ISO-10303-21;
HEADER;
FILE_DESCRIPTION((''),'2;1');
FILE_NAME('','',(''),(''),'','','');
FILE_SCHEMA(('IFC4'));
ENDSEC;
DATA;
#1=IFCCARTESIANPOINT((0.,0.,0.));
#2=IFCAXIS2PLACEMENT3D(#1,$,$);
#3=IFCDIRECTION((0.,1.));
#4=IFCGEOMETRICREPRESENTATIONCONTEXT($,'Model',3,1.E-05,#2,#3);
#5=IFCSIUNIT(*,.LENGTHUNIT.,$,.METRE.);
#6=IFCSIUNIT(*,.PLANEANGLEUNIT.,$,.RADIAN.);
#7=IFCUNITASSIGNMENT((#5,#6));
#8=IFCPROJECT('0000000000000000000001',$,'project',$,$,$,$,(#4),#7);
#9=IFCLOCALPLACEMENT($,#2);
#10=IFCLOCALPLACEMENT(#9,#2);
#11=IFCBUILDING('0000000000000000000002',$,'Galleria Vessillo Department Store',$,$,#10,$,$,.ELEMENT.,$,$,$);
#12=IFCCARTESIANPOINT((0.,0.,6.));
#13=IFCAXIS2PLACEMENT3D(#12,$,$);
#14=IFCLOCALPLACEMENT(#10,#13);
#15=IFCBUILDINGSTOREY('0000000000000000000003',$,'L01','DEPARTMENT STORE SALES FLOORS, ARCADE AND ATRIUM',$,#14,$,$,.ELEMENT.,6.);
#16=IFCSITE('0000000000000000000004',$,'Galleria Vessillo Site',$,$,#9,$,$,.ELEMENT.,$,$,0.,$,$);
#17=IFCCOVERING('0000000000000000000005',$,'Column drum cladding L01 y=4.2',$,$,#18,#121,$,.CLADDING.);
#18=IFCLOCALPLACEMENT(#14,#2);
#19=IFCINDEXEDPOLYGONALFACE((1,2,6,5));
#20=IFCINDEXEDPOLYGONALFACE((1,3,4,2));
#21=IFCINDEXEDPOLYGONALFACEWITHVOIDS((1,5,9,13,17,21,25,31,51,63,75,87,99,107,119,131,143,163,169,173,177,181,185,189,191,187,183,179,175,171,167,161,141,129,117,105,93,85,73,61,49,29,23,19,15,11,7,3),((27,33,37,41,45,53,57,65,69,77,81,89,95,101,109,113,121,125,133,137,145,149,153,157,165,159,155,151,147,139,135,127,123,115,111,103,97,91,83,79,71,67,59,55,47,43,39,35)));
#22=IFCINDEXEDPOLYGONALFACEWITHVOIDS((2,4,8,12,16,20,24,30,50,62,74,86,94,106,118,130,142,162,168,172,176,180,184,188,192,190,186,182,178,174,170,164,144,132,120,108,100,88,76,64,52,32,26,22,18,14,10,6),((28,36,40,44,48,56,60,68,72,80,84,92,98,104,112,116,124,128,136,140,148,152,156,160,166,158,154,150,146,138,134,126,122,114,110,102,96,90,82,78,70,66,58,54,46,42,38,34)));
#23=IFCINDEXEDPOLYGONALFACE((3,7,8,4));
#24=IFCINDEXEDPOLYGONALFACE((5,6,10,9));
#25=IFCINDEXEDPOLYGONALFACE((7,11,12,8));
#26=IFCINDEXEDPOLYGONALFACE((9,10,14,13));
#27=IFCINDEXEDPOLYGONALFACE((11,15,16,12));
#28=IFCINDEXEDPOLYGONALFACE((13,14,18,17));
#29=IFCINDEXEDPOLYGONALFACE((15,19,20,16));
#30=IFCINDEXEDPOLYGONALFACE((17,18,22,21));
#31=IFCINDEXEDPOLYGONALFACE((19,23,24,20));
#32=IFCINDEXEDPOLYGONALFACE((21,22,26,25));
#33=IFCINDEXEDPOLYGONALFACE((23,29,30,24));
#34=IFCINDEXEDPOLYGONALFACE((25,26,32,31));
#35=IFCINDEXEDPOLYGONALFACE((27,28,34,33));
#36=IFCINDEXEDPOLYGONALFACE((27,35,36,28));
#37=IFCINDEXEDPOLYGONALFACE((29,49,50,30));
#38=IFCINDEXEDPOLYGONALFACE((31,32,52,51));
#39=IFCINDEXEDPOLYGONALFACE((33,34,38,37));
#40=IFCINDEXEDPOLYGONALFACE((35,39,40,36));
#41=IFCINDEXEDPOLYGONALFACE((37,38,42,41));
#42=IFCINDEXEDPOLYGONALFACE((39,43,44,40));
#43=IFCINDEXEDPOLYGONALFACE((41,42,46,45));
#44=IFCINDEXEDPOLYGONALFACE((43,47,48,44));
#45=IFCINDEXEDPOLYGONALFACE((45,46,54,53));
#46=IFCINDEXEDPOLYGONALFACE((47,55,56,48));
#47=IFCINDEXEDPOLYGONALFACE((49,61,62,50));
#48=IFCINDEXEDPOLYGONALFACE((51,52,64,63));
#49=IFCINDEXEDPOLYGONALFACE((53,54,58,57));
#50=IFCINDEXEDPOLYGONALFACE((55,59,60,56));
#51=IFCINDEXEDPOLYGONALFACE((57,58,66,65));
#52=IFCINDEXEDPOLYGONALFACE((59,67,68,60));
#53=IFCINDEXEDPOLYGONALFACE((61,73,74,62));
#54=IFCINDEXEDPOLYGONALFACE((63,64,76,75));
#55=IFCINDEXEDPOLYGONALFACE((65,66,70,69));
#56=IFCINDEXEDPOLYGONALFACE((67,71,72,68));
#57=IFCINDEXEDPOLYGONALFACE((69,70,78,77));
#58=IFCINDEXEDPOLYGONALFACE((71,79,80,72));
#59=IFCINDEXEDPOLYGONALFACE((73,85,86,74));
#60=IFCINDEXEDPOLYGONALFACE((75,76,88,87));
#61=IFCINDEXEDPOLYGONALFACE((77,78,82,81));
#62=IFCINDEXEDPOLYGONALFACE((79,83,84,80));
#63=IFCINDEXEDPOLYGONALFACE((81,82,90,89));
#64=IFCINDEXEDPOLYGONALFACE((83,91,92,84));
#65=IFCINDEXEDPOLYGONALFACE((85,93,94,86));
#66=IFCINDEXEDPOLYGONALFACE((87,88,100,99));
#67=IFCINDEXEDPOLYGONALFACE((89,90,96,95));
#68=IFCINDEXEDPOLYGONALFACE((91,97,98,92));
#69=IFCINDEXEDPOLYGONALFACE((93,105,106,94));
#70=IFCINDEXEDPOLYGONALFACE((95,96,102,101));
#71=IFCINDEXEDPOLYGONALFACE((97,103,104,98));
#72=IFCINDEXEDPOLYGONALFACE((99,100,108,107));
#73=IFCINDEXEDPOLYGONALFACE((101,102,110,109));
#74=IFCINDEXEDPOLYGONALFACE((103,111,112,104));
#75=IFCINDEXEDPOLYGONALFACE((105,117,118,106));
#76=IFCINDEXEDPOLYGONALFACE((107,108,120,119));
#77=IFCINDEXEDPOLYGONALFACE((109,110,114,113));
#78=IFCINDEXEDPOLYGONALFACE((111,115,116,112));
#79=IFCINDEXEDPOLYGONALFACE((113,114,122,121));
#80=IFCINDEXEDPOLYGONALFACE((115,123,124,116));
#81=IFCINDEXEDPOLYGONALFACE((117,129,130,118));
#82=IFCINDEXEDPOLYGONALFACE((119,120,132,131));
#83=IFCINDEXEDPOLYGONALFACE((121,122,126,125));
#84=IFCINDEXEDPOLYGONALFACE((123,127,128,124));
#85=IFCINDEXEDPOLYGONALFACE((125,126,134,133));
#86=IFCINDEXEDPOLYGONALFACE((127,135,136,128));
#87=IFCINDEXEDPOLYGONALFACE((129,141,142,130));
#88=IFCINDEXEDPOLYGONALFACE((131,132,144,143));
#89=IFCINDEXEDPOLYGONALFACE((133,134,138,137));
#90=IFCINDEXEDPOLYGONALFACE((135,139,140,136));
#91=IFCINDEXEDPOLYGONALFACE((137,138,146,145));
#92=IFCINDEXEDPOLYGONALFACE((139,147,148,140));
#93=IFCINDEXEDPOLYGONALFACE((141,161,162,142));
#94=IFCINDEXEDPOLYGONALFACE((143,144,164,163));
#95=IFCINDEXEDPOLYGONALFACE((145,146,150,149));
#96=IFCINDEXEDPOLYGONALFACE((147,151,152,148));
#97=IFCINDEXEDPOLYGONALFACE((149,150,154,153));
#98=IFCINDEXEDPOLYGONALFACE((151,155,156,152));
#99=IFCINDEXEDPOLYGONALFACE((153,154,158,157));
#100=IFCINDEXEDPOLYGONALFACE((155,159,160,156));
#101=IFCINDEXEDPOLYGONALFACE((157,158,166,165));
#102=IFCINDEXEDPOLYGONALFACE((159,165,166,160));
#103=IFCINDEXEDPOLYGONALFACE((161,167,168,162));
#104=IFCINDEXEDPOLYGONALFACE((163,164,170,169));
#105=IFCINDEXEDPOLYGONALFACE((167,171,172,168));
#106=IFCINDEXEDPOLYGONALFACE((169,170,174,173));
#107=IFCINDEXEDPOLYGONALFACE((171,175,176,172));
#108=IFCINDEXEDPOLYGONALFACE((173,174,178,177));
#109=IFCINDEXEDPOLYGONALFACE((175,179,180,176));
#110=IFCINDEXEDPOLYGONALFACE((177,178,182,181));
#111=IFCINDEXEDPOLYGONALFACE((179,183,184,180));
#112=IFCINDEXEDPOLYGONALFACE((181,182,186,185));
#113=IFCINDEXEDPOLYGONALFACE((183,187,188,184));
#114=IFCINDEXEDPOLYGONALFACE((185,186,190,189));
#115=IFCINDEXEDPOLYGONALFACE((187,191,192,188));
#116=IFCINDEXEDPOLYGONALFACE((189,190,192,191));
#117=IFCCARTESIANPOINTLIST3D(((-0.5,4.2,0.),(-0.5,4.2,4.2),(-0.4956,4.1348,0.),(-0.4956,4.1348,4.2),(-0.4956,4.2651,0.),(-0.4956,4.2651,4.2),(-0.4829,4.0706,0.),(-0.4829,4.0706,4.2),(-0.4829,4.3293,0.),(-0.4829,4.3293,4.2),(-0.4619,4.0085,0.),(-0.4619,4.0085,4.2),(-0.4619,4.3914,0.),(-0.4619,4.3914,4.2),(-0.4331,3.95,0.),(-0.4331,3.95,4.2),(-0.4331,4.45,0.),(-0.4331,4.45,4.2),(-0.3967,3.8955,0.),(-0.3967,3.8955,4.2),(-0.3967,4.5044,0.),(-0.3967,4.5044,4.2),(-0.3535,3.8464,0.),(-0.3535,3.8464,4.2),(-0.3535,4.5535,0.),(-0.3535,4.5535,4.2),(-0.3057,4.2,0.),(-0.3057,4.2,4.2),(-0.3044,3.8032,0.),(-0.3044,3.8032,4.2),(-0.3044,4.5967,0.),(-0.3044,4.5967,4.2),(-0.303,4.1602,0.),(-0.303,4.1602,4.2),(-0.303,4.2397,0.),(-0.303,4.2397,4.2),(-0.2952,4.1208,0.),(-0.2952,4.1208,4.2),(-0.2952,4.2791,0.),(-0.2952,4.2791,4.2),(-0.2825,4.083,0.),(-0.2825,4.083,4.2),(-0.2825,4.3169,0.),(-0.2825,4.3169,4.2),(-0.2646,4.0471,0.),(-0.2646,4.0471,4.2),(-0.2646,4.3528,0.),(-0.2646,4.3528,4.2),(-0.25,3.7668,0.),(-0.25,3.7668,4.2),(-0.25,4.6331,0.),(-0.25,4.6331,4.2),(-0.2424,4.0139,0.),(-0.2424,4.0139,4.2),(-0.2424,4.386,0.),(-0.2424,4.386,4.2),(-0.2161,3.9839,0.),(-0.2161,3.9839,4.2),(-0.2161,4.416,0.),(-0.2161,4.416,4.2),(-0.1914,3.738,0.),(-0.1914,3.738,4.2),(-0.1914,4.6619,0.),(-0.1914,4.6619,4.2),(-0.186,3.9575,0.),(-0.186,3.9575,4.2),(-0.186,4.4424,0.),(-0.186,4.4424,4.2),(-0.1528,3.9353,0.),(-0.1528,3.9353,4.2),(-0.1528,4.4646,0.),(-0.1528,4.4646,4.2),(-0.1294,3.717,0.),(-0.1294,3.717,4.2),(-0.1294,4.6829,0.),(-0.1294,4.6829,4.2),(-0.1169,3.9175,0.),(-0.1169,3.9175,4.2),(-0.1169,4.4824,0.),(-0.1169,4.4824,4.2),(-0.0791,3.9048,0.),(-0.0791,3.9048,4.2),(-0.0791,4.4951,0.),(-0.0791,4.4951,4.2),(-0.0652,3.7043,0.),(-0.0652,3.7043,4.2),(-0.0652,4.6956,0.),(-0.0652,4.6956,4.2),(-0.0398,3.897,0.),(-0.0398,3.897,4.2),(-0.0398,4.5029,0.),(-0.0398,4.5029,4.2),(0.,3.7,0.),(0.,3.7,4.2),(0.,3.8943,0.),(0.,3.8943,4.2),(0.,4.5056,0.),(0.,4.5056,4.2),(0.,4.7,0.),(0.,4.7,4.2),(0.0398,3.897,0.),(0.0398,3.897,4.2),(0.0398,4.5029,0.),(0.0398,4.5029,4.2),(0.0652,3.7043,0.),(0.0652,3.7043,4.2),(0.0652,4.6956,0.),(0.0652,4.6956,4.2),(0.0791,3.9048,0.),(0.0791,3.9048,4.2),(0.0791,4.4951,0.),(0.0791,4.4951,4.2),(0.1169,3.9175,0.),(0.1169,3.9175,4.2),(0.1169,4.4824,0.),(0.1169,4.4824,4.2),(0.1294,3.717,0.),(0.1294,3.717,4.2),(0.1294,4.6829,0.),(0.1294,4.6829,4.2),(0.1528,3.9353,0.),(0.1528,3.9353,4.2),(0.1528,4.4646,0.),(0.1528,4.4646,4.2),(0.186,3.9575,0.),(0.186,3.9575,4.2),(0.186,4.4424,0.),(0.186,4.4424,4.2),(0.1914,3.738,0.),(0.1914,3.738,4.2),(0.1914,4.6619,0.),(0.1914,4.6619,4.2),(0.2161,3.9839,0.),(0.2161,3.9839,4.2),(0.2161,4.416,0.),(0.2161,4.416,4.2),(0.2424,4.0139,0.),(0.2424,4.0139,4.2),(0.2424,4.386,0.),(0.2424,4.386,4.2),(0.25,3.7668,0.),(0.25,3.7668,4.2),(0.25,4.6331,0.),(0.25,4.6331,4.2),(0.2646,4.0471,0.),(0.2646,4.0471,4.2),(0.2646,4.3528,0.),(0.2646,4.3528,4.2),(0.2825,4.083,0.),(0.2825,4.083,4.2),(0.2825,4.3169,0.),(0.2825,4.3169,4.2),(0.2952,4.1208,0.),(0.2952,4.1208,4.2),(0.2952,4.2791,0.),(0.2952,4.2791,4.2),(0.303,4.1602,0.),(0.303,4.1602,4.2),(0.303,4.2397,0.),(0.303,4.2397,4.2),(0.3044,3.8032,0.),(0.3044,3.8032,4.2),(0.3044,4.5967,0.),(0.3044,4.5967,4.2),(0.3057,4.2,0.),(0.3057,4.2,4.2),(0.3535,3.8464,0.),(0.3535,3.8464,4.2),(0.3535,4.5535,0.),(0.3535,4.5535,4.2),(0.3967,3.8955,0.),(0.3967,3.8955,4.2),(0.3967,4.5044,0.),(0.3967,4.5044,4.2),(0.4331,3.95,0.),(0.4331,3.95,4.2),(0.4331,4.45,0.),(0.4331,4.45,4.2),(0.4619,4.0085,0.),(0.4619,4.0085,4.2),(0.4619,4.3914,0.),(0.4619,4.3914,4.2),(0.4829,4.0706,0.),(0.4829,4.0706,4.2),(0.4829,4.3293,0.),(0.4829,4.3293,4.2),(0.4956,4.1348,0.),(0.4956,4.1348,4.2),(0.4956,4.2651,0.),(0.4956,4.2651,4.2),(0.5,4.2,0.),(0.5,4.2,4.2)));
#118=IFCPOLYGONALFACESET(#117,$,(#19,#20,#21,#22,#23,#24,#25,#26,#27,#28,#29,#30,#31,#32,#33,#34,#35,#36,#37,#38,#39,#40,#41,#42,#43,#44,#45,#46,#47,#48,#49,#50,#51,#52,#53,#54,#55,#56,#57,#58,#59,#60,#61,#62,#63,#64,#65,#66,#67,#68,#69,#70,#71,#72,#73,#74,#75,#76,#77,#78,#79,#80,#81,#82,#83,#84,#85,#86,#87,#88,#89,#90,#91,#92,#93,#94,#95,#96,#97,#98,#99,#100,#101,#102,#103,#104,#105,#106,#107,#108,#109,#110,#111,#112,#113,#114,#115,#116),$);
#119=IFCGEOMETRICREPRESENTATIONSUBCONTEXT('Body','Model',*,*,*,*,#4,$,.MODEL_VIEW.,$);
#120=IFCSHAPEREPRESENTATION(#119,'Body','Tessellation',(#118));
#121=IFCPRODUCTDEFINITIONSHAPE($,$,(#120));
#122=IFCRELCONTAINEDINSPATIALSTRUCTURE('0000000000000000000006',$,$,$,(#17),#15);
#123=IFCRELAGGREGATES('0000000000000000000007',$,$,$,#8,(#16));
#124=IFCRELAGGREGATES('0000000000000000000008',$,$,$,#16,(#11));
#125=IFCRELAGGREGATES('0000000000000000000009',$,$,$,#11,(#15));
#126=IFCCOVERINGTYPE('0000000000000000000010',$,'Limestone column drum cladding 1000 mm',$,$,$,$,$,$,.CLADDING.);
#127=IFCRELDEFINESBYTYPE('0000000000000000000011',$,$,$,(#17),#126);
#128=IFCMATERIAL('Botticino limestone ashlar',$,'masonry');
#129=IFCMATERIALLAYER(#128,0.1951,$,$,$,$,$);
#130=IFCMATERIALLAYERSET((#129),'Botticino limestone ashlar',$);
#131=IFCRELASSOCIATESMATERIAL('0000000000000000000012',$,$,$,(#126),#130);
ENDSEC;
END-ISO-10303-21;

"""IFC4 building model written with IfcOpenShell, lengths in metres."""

from ifc_helpers import new_model, si_unit, direction, frame, origin, place, context, subcontext, project, spatial, polyline, outline, extrude, material, layer, layer_set, type_object, element, save


model = new_model("IFC4")

# Units and contexts
model_context = context("Model", 3, precision=1e-05, world=origin(), true_north=direction((0.0, 1.0)))
body_context = subcontext(model_context, "Body", "Model", "MODEL_VIEW")
ifc_project = project(units=[si_unit("LENGTHUNIT", "METRE"), si_unit("PLANEANGLEUNIT", "RADIAN")], contexts=[model_context])

# Site, building, storey
site_placement = place(None, origin())
site = spatial("IfcSite", under=ifc_project, at=site_placement, Name="Galleria Vessillo Site", CompositionType="ELEMENT", RefElevation=0.0)
building_placement = place(site_placement, origin())
building = spatial("IfcBuilding", under=site, at=building_placement, Name="Galleria Vessillo Department Store", CompositionType="ELEMENT")
storey_placement = place(building_placement, frame((0.0, 0.0, 6.0)))
storey = spatial("IfcBuildingStorey", under=building, at=storey_placement, Name="L01", Description="DEPARTMENT STORE SALES FLOORS, ARCADE AND ATRIUM", CompositionType="ELEMENT", Elevation=6.0)

# Covering
ifc_material_1 = material(Name="Botticino limestone ashlar", Category="masonry")
ifc_layer_1 = layer(ifc_material_1, 0.1951)
ifc_layer_set_1 = layer_set([ifc_layer_1], Name="Botticino limestone ashlar")
covering_type = type_object("IfcCoveringType", Name="Limestone column drum cladding 1000 mm", PredefinedType="CLADDING", material=ifc_layer_set_1)
covering_1_placement = place(storey_placement, origin())
element("IfcCovering", 1, at=covering_1_placement, inside=storey, type_object=covering_type, Name="Column drum cladding L01 y=4.2", PredefinedType="CLADDING", context=body_context, shape_type="SweptSolid", body=[
    extrude(outline(polyline([(0.5, 4.2), (0.4956, 4.2651), (0.4829, 4.3293), (0.4619, 4.3914), (0.4331, 4.45), (0.3967, 4.5044), (0.3535, 4.5535), (0.3044, 4.5967), (0.25, 4.6331), (0.1914, 4.6619), (0.1294, 4.6829), (0.0652, 4.6956), (0.0, 4.7), (-0.0652, 4.6956), (-0.1294, 4.6829), (-0.1914, 4.6619), (-0.25, 4.6331), (-0.3044, 4.5967), (-0.3535, 4.5535), (-0.3967, 4.5044), (-0.4331, 4.45), (-0.4619, 4.3914), (-0.4829, 4.3293), (-0.4956, 4.2651), (-0.5, 4.2), (-0.4956, 4.1348), (-0.4829, 4.0706), (-0.4619, 4.0085), (-0.4331, 3.95), (-0.3967, 3.8955), (-0.3535, 3.8464), (-0.3044, 3.8032), (-0.25, 3.7668), (-0.1914, 3.738), (-0.1294, 3.717), (-0.0652, 3.7043), (0.0, 3.7), (0.0652, 3.7043), (0.1294, 3.717), (0.1914, 3.738), (0.25, 3.7668), (0.3044, 3.8032), (0.3535, 3.8464), (0.3967, 3.8955), (0.4331, 3.95), (0.4619, 4.0085), (0.4829, 4.0706), (0.4956, 4.1348), (0.5, 4.2)]), holes=[polyline([(0.3057, 4.2), (0.303, 4.2397), (0.2952, 4.2791), (0.2825, 4.3169), (0.2646, 4.3528), (0.2424, 4.386), (0.2161, 4.416), (0.186, 4.4424), (0.1528, 4.4646), (0.1169, 4.4824), (0.0791, 4.4951), (0.0398, 4.5029), (0.0, 4.5056), (-0.0398, 4.5029), (-0.0791, 4.4951), (-0.1169, 4.4824), (-0.1528, 4.4646), (-0.186, 4.4424), (-0.2161, 4.416), (-0.2424, 4.386), (-0.2646, 4.3528), (-0.2825, 4.3169), (-0.2952, 4.2791), (-0.303, 4.2397), (-0.3057, 4.2), (-0.303, 4.1602), (-0.2952, 4.1208), (-0.2825, 4.083), (-0.2646, 4.0471), (-0.2424, 4.0139), (-0.2161, 3.9839), (-0.186, 3.9575), (-0.1528, 3.9353), (-0.1169, 3.9175), (-0.0791, 3.9048), (-0.0398, 3.897), (0.0, 3.8943), (0.0398, 3.897), (0.0791, 3.9048), (0.1169, 3.9175), (0.1528, 3.9353), (0.186, 3.9575), (0.2161, 3.9839), (0.2424, 4.0139), (0.2646, 4.0471), (0.2825, 4.083), (0.2952, 4.1208), (0.303, 4.1602), (0.3057, 4.2)])]), origin(), (0.0, 0.0, 1.0), 4.2),
])

save(model, "model.ifc")
